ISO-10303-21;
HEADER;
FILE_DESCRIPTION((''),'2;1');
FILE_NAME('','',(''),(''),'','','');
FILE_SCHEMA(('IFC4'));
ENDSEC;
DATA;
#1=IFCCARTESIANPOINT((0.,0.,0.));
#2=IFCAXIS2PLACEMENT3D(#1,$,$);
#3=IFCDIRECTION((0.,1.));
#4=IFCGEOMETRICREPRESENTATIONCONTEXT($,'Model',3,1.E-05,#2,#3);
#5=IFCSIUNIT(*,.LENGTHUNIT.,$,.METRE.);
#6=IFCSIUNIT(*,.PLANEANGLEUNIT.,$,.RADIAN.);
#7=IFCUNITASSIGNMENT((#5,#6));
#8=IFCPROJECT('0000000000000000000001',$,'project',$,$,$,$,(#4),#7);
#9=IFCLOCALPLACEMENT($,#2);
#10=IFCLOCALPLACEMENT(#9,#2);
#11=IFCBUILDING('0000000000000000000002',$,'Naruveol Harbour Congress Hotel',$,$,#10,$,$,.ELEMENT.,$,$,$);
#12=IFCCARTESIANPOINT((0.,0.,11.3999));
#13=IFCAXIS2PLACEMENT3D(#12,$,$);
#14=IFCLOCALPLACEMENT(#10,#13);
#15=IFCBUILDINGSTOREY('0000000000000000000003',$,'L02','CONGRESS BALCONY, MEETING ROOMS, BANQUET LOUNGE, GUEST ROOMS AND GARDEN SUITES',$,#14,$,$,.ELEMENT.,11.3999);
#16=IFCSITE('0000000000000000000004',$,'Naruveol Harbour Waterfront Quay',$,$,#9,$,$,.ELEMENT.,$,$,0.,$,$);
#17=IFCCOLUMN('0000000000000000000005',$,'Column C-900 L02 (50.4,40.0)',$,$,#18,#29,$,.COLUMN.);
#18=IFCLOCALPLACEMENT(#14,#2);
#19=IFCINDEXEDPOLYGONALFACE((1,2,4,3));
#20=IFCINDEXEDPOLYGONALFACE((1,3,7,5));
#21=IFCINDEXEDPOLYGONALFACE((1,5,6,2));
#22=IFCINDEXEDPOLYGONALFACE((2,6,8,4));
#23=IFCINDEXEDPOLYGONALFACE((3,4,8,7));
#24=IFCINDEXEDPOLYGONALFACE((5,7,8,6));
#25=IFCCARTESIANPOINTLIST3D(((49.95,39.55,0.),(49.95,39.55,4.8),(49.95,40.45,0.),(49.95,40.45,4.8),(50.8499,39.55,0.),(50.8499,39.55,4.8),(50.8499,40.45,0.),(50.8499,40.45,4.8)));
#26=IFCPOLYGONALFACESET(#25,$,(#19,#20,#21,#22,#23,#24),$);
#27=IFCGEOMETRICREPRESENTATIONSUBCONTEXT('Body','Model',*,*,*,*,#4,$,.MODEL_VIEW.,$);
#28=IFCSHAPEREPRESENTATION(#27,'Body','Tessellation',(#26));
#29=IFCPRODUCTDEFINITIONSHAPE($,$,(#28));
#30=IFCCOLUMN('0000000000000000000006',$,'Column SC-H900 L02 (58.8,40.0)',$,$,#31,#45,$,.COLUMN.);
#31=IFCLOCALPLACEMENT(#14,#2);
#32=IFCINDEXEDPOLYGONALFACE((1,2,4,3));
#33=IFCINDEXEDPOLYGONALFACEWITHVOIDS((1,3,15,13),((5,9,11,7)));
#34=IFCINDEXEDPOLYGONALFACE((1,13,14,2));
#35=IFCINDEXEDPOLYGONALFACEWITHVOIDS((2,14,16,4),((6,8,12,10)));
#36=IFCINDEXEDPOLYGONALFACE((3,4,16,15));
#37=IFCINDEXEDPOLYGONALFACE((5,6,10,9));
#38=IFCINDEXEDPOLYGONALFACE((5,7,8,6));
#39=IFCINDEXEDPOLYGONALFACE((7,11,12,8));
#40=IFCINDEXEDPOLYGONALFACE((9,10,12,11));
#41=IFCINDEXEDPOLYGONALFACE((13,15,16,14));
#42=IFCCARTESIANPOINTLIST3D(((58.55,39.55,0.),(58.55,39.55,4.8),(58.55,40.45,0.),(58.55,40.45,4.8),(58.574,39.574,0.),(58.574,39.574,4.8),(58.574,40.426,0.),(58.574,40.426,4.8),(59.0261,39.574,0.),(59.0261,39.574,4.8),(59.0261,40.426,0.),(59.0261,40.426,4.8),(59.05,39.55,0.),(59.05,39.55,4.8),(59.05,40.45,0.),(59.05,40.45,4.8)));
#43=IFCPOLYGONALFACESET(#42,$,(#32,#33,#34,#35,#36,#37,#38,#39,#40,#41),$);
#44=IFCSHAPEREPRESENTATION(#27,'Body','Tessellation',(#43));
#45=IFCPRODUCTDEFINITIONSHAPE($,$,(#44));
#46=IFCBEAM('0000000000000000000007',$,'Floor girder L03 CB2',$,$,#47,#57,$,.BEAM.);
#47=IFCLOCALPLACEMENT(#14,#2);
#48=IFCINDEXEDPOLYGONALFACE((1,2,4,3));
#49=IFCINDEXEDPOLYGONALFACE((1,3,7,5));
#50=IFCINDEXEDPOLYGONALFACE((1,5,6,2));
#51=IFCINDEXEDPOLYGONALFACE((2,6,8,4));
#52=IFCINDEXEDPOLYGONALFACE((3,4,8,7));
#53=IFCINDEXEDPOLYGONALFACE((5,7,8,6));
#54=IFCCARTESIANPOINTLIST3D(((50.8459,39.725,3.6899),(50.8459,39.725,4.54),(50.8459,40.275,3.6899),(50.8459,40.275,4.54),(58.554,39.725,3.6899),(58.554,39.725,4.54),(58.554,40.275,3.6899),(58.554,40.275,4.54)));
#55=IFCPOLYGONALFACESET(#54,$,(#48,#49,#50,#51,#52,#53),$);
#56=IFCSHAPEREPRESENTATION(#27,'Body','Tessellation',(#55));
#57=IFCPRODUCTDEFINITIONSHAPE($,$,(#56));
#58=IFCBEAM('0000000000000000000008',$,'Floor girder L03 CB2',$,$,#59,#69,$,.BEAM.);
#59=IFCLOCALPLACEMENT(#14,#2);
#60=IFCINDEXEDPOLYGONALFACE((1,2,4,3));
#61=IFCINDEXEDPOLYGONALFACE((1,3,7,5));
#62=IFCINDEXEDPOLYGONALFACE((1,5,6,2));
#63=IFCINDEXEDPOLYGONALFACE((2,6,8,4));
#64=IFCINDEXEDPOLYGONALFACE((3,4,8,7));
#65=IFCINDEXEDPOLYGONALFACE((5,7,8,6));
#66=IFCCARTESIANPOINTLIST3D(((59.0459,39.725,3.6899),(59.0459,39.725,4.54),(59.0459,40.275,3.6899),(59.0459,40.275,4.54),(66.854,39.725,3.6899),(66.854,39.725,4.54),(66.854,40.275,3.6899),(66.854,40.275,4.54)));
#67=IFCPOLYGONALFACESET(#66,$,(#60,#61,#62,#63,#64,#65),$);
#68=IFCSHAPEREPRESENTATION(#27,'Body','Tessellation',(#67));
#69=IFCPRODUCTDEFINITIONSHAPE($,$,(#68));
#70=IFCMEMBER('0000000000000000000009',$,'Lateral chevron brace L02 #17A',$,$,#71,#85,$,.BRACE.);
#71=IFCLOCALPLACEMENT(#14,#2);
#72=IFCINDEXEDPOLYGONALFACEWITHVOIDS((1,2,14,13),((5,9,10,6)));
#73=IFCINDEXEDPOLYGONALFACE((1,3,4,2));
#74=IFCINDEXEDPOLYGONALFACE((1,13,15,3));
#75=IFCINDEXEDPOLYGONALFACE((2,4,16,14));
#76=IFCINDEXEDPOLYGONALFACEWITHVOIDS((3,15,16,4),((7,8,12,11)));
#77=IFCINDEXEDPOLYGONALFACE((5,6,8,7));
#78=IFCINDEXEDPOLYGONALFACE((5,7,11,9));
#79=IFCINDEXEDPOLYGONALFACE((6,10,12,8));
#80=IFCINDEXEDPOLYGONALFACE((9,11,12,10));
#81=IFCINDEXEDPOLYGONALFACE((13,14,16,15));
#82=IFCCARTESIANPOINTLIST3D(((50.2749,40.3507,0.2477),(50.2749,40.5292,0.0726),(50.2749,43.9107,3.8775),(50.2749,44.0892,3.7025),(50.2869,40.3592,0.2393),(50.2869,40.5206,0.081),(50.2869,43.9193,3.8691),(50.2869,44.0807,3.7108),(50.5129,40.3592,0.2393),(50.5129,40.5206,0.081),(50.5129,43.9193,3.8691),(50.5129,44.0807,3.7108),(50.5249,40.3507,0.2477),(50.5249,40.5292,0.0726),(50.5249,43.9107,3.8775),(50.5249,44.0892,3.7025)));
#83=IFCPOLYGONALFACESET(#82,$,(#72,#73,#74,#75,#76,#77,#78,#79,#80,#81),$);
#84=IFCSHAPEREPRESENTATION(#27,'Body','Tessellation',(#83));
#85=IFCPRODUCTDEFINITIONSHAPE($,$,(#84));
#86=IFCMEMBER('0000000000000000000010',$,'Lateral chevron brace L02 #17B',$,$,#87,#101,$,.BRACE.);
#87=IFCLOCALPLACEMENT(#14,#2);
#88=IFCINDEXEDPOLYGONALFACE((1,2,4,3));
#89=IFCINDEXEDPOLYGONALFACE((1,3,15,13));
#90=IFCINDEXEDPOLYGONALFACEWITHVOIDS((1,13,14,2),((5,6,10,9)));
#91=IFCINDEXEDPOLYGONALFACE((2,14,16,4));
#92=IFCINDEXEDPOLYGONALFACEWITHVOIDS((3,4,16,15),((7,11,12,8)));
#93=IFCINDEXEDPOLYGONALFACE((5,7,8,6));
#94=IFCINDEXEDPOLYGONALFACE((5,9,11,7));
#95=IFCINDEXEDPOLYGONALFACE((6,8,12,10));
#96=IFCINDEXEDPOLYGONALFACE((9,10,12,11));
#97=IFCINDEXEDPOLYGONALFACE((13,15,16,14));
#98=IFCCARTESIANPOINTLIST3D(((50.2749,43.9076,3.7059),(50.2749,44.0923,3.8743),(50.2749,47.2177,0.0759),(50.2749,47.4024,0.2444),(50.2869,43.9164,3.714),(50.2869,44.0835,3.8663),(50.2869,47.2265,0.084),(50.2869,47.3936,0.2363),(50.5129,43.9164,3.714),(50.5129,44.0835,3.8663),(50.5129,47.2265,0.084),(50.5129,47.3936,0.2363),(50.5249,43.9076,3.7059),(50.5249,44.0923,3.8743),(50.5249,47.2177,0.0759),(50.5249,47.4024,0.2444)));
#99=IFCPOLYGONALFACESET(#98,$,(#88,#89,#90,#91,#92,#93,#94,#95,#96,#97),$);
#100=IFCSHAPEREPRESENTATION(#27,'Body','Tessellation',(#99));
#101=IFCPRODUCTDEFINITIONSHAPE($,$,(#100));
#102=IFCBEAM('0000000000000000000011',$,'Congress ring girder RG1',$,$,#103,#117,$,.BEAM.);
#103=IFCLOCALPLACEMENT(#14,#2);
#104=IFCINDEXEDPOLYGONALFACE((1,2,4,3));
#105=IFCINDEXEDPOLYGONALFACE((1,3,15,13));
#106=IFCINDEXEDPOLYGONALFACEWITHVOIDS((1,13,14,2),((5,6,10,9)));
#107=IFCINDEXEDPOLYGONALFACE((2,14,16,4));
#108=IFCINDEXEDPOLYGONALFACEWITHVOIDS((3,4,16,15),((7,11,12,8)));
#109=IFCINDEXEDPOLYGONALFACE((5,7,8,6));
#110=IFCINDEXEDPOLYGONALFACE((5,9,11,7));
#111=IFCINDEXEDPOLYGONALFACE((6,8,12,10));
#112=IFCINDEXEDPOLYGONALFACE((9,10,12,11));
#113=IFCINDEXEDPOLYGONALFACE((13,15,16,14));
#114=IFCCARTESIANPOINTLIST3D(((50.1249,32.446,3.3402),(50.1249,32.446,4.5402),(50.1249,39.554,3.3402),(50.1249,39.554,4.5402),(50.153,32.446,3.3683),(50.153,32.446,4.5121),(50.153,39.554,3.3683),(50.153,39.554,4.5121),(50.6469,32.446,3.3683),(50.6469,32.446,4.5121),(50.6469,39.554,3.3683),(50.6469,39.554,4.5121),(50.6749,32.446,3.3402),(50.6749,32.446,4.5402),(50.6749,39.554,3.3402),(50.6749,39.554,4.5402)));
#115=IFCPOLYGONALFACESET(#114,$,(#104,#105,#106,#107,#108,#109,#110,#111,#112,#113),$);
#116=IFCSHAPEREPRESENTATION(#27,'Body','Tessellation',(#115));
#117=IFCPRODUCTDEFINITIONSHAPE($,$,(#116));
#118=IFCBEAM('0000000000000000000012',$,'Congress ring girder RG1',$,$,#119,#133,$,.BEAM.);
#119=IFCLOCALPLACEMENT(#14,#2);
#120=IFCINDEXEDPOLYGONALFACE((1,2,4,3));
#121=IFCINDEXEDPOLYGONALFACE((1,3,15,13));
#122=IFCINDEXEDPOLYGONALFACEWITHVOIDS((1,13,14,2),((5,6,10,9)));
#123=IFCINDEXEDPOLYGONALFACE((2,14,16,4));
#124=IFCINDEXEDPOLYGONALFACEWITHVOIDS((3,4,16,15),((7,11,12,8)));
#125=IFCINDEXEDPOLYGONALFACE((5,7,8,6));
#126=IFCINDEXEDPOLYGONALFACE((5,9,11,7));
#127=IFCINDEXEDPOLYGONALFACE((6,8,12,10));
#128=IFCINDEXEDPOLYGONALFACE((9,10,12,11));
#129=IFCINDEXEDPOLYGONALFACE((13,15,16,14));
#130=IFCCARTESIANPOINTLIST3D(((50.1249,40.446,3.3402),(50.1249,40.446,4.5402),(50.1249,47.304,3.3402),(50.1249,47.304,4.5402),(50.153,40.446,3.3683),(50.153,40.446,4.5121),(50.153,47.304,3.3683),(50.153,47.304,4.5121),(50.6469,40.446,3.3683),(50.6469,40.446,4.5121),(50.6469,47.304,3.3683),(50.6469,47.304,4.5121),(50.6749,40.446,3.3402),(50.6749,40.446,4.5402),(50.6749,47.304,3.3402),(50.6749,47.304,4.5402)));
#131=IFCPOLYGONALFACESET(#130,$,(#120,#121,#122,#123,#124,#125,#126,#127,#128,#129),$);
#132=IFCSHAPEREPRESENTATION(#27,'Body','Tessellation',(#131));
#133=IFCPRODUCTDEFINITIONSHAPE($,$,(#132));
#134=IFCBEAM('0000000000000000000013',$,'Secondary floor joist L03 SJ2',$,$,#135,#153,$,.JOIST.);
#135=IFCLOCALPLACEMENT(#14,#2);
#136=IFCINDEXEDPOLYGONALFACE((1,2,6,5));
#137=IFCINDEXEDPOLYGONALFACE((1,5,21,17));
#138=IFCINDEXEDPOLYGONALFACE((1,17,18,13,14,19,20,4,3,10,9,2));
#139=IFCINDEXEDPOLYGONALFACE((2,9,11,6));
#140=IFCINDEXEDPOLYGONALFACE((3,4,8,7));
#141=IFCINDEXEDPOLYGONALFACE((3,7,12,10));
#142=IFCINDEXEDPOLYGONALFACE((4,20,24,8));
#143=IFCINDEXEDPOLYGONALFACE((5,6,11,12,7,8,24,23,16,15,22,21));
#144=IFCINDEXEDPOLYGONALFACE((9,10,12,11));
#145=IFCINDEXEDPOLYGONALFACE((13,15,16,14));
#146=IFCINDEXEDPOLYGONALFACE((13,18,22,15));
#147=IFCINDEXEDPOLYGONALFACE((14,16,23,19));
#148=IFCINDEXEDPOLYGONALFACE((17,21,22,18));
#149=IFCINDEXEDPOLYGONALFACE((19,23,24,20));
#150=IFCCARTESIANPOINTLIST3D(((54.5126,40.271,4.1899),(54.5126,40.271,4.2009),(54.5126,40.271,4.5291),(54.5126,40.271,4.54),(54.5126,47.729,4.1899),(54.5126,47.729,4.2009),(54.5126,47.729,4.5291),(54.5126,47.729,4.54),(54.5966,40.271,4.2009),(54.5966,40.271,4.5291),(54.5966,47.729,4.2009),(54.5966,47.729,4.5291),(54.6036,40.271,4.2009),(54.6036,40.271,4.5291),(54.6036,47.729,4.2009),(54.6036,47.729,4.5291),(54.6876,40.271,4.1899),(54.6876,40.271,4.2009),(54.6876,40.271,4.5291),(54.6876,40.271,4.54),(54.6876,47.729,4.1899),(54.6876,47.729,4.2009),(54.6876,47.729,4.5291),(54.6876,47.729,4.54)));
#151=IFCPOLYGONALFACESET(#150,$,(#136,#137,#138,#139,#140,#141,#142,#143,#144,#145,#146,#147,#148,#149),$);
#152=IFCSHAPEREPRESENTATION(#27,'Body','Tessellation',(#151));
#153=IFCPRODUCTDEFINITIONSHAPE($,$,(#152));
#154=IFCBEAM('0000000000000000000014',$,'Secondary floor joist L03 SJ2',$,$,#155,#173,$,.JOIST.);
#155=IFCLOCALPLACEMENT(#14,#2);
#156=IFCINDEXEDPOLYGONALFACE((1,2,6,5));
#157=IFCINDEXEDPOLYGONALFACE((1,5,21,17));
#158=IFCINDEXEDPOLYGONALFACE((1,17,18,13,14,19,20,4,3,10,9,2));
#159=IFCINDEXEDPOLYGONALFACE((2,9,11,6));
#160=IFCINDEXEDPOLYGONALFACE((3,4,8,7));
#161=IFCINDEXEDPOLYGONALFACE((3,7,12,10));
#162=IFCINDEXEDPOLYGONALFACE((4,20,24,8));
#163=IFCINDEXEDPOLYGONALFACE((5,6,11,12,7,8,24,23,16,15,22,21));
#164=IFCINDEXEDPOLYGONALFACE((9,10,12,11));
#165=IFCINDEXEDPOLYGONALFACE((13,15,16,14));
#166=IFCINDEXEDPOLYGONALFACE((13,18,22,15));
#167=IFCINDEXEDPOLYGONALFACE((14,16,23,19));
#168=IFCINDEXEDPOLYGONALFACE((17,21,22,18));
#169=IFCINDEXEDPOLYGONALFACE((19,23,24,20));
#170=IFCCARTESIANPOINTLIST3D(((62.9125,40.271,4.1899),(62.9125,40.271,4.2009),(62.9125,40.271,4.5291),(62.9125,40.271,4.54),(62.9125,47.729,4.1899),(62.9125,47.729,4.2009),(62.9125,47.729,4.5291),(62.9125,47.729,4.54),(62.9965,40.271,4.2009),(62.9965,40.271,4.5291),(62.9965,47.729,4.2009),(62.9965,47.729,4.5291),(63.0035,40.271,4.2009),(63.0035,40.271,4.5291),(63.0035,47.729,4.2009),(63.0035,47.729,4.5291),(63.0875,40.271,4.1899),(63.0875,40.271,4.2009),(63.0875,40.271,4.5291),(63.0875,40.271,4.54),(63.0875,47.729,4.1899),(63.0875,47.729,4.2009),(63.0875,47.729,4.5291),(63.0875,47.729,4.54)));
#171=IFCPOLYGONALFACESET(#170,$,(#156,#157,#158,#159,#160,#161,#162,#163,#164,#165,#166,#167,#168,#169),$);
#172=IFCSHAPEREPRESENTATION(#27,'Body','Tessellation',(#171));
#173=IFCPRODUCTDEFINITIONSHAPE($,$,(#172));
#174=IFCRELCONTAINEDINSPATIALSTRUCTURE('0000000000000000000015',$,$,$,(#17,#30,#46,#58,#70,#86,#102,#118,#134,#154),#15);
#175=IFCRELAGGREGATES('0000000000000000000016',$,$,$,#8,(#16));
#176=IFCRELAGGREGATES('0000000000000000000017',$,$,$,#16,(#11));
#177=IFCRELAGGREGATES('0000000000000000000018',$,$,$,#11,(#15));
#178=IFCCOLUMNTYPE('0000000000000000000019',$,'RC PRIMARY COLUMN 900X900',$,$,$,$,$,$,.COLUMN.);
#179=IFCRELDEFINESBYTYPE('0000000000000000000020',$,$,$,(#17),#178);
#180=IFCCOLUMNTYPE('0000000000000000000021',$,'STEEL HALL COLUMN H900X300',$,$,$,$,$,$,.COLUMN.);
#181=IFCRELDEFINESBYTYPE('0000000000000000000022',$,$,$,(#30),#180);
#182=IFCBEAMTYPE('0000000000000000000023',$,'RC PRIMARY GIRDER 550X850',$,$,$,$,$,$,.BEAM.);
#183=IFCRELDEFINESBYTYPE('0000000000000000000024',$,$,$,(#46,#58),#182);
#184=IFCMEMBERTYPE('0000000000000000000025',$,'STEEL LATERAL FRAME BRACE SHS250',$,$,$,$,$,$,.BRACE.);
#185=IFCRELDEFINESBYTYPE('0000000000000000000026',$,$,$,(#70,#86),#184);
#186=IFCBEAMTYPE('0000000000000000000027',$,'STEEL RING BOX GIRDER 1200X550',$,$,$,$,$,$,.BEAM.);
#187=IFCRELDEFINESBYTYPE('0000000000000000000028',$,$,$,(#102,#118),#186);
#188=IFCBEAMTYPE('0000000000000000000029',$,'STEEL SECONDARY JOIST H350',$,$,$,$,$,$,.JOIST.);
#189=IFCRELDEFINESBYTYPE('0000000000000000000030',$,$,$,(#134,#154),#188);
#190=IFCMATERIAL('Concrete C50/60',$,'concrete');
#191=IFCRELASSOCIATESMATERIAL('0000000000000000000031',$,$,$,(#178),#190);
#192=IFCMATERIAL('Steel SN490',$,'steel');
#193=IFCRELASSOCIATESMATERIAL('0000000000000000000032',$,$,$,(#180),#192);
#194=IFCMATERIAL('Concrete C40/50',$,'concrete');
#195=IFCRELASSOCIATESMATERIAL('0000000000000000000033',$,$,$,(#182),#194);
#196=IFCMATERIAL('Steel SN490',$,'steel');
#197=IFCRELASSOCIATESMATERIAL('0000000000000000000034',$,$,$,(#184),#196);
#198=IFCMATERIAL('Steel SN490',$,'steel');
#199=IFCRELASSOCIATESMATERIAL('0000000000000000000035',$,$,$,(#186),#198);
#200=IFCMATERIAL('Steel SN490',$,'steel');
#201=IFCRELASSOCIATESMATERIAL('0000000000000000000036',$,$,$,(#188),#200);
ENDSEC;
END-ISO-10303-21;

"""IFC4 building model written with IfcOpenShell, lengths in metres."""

from ifc_helpers import new_model, si_unit, direction, frame, origin, origin_2d, place, context, subcontext, project, spatial, rectangle, hollow_rectangle, i_section, extrude, material, material_profile, profile_set, type_object, element, save


model = new_model("IFC4")

# Units and contexts
model_context = context("Model", 3, precision=1e-05, world=origin(), true_north=direction((0.0, 1.0)))
body_context = subcontext(model_context, "Body", "Model", "MODEL_VIEW")
ifc_project = project(units=[si_unit("LENGTHUNIT", "METRE"), si_unit("PLANEANGLEUNIT", "RADIAN")], contexts=[model_context])

# Site, building, storey
site_placement = place(None, origin())
site = spatial("IfcSite", under=ifc_project, at=site_placement, Name="Naruveol Harbour Waterfront Quay", CompositionType="ELEMENT", RefElevation=0.0)
building_placement = place(site_placement, origin())
building = spatial("IfcBuilding", under=site, at=building_placement, Name="Naruveol Harbour Congress Hotel", CompositionType="ELEMENT")
storey_placement = place(building_placement, frame((0.0, 0.0, 11.3999)))
storey = spatial("IfcBuildingStorey", under=building, at=storey_placement, Name="L02", Description="CONGRESS BALCONY, MEETING ROOMS, BANQUET LOUNGE, GUEST ROOMS AND GARDEN SUITES", CompositionType="ELEMENT", Elevation=11.3999)

# Columns
ifc_material_1 = material(Name="Concrete C50/60", Category="concrete")
ifc_material_profile_1 = material_profile(ifc_material_1, rectangle(XDim=0.8999, YDim=0.8999, at=origin_2d()), Name="RC-900x900")
ifc_profile_set_1 = profile_set([ifc_material_profile_1], Name="Concrete C50/60")
column_type_1 = type_object("IfcColumnType", Name="RC PRIMARY COLUMN 900X900", PredefinedType="COLUMN", material=ifc_profile_set_1)
column_1_placement = place(storey_placement, frame((50.3999, 40.0, 0.0), z_axis=(0.0, 0.0, 1.0), x_axis=(1.0, 0.0, 0.0)))
element("IfcColumn", 1, at=column_1_placement, inside=storey, type_object=column_type_1, Name="Column C-900 L02 (50.4,40.0)", PredefinedType="COLUMN", context=body_context, shape_type="SweptSolid", body=[
    extrude(rectangle(XDim=0.8999, YDim=0.8999, at=origin_2d()), origin(), (0.0, 0.0, 1.0), 4.8),
])
ifc_material_2 = material(Name="Steel SN490", Category="steel")
ifc_material_profile_2 = material_profile(ifc_material_2, hollow_rectangle(XDim=0.5, YDim=0.8999, WallThickness=0.0239, at=origin_2d()), Name="RHS-900x500x24")
ifc_profile_set_2 = profile_set([ifc_material_profile_2], Name="Steel SN490")
column_type_2 = type_object("IfcColumnType", Name="STEEL HALL COLUMN H900X300", PredefinedType="COLUMN", material=ifc_profile_set_2)
column_2_placement = place(storey_placement, frame((58.8, 40.0, 0.0), z_axis=(0.0, 0.0, 1.0), x_axis=(1.0, 0.0, 0.0)))
element("IfcColumn", 2, at=column_2_placement, inside=storey, type_object=column_type_2, Name="Column SC-H900 L02 (58.8,40.0)", PredefinedType="COLUMN", context=body_context, shape_type="SweptSolid", body=[
    extrude(hollow_rectangle(XDim=0.5, YDim=0.8999, WallThickness=0.0239, at=origin_2d()), origin(), (0.0, 0.0, 1.0), 4.8),
])

# Beams
ifc_material_3 = material(Name="Concrete C40/50", Category="concrete")
ifc_material_profile_3 = material_profile(ifc_material_3, rectangle(XDim=0.55, YDim=0.8501, at=origin_2d()), Name="RCB-550x850")
ifc_profile_set_3 = profile_set([ifc_material_profile_3], Name="Concrete C40/50")
beam_type_1 = type_object("IfcBeamType", Name="RC PRIMARY GIRDER 550X850", PredefinedType="BEAM", material=ifc_profile_set_3)
beam_1_placement = place(storey_placement, frame((50.8459, 40.0, 4.115), z_axis=(1.0, 0.0, 0.0), x_axis=(0.0, 1.0, 0.0)))
element("IfcBeam", 3, at=beam_1_placement, inside=storey, type_object=beam_type_1, Name="Floor girder L03 CB2", PredefinedType="BEAM", context=body_context, shape_type="SweptSolid", body=[
    extrude(rectangle(XDim=0.55, YDim=0.8501, at=origin_2d()), origin(), (0.0, 0.0, 1.0), 7.708),
])
beam_2_placement = place(storey_placement, frame((59.0459, 40.0, 4.115), z_axis=(1.0, 0.0, 0.0), x_axis=(0.0, 1.0, 0.0)))
element("IfcBeam", 4, at=beam_2_placement, inside=storey, type_object=beam_type_1, Name="Floor girder L03 CB2", PredefinedType="BEAM", context=body_context, shape_type="SweptSolid", body=[
    extrude(rectangle(XDim=0.55, YDim=0.8501, at=origin_2d()), origin(), (0.0, 0.0, 1.0), 7.8081),
])

# Members
ifc_material_4 = material(Name="Steel SN490", Category="steel")
ifc_material_profile_4 = material_profile(ifc_material_4, hollow_rectangle(XDim=0.25, YDim=0.25, WallThickness=0.012, at=origin_2d()), Name="SHS-250x250x12")
ifc_profile_set_4 = profile_set([ifc_material_profile_4], Name="Steel SN490")
member_type = type_object("IfcMemberType", Name="STEEL LATERAL FRAME BRACE SHS250", PredefinedType="BRACE", material=ifc_profile_set_4)
member_1_placement = place(storey_placement, frame((50.3999, 40.4399, 0.1602), z_axis=(0.0, 0.700207, 0.71394), x_axis=(-1.0, 0.0, 0.0)))
element("IfcMember", 5, at=member_1_placement, inside=storey, type_object=member_type, Name="Lateral chevron brace L02 #17A", PredefinedType="BRACE", context=body_context, shape_type="SweptSolid", body=[
    extrude(hollow_rectangle(XDim=0.25, YDim=0.25, WallThickness=0.012, at=origin_2d()), origin(), (0.0, 0.0, 1.0), 5.0842),
])
member_2_placement = place(storey_placement, frame((50.3999, 47.3101, 0.1602), z_axis=(0.0, -0.673805, 0.738909), x_axis=(1.0, 0.0, 0.0)))
element("IfcMember", 6, at=member_2_placement, inside=storey, type_object=member_type, Name="Lateral chevron brace L02 #17B", PredefinedType="BRACE", context=body_context, shape_type="SweptSolid", body=[
    extrude(hollow_rectangle(XDim=0.25, YDim=0.25, WallThickness=0.012, at=origin_2d()), origin(), (0.0, 0.0, 1.0), 4.9126),
])

# Beams
ifc_material_5 = material(Name="Steel SN490", Category="steel")
ifc_material_profile_5 = material_profile(ifc_material_5, hollow_rectangle(XDim=0.55, YDim=1.2, WallThickness=0.0281, at=origin_2d()), Name="RHS-1200x550x28")
ifc_profile_set_5 = profile_set([ifc_material_profile_5], Name="Steel SN490")
beam_type_2 = type_object("IfcBeamType", Name="STEEL RING BOX GIRDER 1200X550", PredefinedType="BEAM", material=ifc_profile_set_5)
beam_3_placement = place(storey_placement, frame((50.3999, 32.446, 3.9402), z_axis=(0.0, 1.0, 0.0), x_axis=(-1.0, 0.0, 0.0)))
element("IfcBeam", 7, at=beam_3_placement, inside=storey, type_object=beam_type_2, Name="Congress ring girder RG1", PredefinedType="BEAM", context=body_context, shape_type="SweptSolid", body=[
    extrude(hollow_rectangle(XDim=0.55, YDim=1.2, WallThickness=0.0281, at=origin_2d()), origin(), (0.0, 0.0, 1.0), 7.1079),
])
beam_4_placement = place(storey_placement, frame((50.3999, 40.446, 3.9402), z_axis=(0.0, 1.0, 0.0), x_axis=(-1.0, 0.0, 0.0)))
element("IfcBeam", 8, at=beam_4_placement, inside=storey, type_object=beam_type_2, Name="Congress ring girder RG1", PredefinedType="BEAM", context=body_context, shape_type="SweptSolid", body=[
    extrude(hollow_rectangle(XDim=0.55, YDim=1.2, WallThickness=0.0281, at=origin_2d()), origin(), (0.0, 0.0, 1.0), 6.8579),
])
ifc_material_6 = material(Name="Steel SN490", Category="steel")
ifc_material_profile_6 = material_profile(ifc_material_6, i_section(OverallWidth=0.175, OverallDepth=0.3501, WebThickness=0.0071, FlangeThickness=0.011, at=origin_2d()), Name="H-350x175x7x11")
ifc_profile_set_6 = profile_set([ifc_material_profile_6], Name="Steel SN490")
beam_type_3 = type_object("IfcBeamType", Name="STEEL SECONDARY JOIST H350", PredefinedType="JOIST", material=ifc_profile_set_6)
for number, where, z_axis, x_axis, name in (
    (9, (54.6001, 40.271, 4.365), (0.0, 1.0, 0.0), (-1.0, 0.0, 0.0), "Secondary floor joist L03 SJ2"),
    (10, (63.0, 40.271, 4.365), (0.0, 1.0, 0.0), (-1.0, 0.0, 0.0), "Secondary floor joist L03 SJ2"),
):
    element("IfcBeam", number, at=place(storey_placement, frame(where, z_axis=z_axis, x_axis=x_axis)), inside=storey, type_object=beam_type_3, Name=name, PredefinedType="JOIST", context=body_context, shape_type="SweptSolid", body=[
        extrude(i_section(OverallWidth=0.175, OverallDepth=0.3501, WebThickness=0.0071, FlangeThickness=0.011, at=origin_2d()), origin(), (0.0, 0.0, 1.0), 7.458),
    ])

save(model, "model.ifc")
